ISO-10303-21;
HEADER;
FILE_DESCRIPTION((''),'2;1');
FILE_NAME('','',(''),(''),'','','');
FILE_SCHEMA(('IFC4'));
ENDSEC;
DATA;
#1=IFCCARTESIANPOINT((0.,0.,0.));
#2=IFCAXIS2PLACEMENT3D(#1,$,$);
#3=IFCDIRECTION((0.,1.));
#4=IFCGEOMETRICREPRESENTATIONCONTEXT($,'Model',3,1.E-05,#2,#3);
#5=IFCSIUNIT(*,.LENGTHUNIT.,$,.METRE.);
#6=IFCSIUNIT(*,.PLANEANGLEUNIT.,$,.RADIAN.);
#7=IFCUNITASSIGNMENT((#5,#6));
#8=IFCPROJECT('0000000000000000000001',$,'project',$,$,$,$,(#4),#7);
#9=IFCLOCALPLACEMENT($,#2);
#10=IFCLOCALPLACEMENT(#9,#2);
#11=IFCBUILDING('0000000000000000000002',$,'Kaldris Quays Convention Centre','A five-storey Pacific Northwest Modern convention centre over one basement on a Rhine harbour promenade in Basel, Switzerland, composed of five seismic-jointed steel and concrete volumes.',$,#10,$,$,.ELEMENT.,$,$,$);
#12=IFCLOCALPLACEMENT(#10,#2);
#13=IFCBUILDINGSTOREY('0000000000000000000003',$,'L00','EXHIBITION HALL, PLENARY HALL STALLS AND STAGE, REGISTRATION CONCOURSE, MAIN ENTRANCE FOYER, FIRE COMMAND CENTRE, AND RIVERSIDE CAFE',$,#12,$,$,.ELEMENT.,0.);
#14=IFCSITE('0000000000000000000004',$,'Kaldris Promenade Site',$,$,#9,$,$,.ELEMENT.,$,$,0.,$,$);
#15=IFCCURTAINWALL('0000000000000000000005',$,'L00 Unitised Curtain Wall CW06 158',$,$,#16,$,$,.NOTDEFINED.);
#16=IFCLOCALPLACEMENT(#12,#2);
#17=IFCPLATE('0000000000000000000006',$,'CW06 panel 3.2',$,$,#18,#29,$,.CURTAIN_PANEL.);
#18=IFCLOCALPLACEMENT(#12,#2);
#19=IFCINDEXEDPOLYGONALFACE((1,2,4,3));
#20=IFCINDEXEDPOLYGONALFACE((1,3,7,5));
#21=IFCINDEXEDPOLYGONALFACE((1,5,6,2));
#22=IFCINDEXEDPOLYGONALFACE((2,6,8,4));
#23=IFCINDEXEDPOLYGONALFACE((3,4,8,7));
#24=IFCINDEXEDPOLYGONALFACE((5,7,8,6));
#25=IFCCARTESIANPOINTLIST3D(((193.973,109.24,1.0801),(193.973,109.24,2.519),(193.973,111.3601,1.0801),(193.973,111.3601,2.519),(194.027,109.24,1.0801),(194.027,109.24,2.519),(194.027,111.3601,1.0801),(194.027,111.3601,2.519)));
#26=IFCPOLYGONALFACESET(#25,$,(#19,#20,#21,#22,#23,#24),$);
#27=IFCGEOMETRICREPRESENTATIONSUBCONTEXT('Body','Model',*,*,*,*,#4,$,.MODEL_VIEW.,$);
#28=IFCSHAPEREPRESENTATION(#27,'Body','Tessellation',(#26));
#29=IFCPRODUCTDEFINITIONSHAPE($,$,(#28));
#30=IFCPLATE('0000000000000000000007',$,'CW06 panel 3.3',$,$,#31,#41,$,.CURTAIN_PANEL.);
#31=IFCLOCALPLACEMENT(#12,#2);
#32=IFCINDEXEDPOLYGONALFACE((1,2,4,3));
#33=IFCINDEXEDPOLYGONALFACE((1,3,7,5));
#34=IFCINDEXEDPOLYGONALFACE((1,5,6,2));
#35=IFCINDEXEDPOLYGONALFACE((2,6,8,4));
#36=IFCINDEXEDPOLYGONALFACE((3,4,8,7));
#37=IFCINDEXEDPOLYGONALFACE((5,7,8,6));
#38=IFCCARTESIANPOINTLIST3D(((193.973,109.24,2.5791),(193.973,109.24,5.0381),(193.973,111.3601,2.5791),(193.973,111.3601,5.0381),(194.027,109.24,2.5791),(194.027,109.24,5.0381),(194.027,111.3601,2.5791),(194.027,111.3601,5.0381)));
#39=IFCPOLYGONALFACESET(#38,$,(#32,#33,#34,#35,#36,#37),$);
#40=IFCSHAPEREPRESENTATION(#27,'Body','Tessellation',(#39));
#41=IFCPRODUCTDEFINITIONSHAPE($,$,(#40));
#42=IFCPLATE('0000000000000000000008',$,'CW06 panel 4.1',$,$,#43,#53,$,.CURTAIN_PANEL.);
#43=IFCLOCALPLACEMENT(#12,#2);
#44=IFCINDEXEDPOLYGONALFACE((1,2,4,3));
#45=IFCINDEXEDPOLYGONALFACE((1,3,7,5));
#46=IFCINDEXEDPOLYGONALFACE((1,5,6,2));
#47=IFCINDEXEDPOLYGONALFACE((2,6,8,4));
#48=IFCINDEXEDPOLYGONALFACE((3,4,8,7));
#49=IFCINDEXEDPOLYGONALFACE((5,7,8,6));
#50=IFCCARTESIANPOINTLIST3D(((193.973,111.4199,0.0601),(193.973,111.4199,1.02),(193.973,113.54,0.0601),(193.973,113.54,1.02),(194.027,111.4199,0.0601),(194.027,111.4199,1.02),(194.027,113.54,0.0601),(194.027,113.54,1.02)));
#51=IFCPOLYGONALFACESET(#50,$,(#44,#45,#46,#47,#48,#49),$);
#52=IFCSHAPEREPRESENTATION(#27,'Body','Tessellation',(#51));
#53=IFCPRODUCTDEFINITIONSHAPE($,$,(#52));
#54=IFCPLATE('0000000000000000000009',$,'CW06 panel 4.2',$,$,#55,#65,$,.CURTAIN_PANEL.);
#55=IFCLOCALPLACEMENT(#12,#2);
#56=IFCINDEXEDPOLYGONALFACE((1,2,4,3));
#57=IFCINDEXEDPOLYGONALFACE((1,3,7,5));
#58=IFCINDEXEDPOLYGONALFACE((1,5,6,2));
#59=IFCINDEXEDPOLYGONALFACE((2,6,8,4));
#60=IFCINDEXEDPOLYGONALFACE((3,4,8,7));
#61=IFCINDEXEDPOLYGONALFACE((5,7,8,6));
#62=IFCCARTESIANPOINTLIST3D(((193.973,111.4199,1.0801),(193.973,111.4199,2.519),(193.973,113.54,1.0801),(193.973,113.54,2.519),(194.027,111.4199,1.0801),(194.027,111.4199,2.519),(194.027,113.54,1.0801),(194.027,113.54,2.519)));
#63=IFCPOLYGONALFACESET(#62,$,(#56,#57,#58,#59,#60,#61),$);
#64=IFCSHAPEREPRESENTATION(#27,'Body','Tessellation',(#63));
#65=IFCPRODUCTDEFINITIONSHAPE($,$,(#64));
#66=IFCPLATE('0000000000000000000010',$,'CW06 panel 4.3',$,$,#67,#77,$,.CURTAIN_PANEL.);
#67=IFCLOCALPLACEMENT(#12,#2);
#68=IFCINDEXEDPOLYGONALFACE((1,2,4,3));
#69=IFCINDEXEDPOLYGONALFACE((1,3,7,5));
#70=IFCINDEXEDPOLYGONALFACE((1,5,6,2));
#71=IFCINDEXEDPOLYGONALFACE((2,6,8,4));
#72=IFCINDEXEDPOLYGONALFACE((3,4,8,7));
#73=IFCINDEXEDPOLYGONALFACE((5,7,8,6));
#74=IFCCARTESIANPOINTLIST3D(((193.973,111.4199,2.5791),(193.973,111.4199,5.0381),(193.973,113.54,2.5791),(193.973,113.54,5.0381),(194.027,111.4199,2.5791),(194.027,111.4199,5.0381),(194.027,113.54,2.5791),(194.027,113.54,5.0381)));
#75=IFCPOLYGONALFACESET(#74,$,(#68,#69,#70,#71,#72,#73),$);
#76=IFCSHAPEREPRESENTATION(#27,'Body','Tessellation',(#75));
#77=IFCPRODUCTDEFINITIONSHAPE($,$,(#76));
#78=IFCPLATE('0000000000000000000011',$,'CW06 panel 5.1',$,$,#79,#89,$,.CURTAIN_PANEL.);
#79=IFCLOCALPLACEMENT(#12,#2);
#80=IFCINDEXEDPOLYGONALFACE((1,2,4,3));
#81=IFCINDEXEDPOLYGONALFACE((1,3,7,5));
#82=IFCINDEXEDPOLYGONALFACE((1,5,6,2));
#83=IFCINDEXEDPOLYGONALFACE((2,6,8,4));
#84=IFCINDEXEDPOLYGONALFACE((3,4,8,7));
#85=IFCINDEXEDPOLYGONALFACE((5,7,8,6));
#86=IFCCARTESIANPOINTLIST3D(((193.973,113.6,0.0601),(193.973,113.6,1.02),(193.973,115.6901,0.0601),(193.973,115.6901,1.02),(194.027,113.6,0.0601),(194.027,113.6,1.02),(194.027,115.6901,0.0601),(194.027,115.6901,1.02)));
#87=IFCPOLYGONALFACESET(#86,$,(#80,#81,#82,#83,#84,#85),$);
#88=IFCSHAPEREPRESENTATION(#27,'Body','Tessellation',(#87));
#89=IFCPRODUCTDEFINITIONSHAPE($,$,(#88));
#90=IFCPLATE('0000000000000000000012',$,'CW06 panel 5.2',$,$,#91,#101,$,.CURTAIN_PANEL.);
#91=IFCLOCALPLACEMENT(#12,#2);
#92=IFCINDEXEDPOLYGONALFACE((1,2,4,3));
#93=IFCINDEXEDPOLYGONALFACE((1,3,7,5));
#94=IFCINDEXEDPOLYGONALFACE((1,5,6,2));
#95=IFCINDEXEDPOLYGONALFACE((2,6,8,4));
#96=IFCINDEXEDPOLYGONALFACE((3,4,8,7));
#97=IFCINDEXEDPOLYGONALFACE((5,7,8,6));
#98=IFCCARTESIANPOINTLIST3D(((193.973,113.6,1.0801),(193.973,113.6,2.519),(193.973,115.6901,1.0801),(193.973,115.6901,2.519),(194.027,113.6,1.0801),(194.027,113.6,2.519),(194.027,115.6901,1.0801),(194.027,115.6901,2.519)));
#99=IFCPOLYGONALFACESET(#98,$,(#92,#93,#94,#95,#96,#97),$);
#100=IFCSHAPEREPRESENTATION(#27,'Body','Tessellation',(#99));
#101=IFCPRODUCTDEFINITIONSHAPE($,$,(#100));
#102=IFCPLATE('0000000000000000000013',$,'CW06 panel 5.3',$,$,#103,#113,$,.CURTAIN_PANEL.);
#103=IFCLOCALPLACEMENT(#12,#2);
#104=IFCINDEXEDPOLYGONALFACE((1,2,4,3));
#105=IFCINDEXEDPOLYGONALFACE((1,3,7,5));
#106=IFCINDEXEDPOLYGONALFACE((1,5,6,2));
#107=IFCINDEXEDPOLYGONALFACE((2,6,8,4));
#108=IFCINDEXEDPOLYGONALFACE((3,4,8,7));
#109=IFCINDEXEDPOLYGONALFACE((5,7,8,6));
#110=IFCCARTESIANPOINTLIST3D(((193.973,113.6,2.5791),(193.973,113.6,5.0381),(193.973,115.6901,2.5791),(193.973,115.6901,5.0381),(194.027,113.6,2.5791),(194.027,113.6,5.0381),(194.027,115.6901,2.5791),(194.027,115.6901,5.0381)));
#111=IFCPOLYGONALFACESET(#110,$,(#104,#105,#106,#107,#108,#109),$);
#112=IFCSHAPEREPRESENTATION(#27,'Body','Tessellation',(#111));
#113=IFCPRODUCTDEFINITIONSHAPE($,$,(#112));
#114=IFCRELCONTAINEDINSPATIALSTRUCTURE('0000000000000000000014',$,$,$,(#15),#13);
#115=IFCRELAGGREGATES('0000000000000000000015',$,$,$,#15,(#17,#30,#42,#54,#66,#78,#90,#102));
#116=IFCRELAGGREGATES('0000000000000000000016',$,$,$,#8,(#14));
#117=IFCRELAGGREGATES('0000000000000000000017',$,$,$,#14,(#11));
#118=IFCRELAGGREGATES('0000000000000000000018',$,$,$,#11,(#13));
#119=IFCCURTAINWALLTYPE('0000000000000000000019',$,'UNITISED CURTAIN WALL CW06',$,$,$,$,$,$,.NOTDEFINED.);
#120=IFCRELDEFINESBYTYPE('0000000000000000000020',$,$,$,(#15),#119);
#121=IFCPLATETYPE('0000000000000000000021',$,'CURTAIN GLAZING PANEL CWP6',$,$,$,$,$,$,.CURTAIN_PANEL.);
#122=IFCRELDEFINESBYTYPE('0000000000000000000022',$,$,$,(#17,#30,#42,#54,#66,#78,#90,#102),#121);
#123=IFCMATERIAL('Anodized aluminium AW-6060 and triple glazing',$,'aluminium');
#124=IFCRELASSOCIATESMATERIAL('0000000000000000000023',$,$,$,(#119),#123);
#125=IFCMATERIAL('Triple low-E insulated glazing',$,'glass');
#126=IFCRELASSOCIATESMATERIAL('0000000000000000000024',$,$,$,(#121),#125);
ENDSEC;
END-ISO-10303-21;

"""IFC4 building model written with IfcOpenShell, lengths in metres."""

from ifc_helpers import new_model, si_unit, direction, frame, origin, origin_2d, place, context, subcontext, project, spatial, rectangle, extrude, material, type_object, element, aggregate, save


model = new_model("IFC4")

# Units and contexts
model_context = context("Model", 3, precision=1e-05, world=origin(), true_north=direction((0.0, 1.0)))
body_context = subcontext(model_context, "Body", "Model", "MODEL_VIEW")
ifc_project = project(units=[si_unit("LENGTHUNIT", "METRE"), si_unit("PLANEANGLEUNIT", "RADIAN")], contexts=[model_context])

# Site, building, storey
site_placement = place(None, origin())
site = spatial("IfcSite", under=ifc_project, at=site_placement, Name="Kaldris Promenade Site", CompositionType="ELEMENT", RefElevation=0.0)
building_placement = place(site_placement, origin())
building = spatial("IfcBuilding", under=site, at=building_placement, Name="Kaldris Quays Convention Centre", Description="A five-storey Pacific Northwest Modern convention centre over one basement on a Rhine harbour promenade in Basel, Switzerland, composed of five seismic-jointed steel and concrete volumes.", CompositionType="ELEMENT")
storey_placement = place(building_placement, origin())
storey = spatial("IfcBuildingStorey", under=building, at=storey_placement, Name="L00", Description="EXHIBITION HALL, PLENARY HALL STALLS AND STAGE, REGISTRATION CONCOURSE, MAIN ENTRANCE FOYER, FIRE COMMAND CENTRE, AND RIVERSIDE CAFE", CompositionType="ELEMENT", Elevation=0.0)

# Curtain wall
ifc_material_1 = material(Name="Anodized aluminium AW-6060 and triple glazing", Category="aluminium")
curtain_wall_type = type_object("IfcCurtainWallType", Name="UNITISED CURTAIN WALL CW06", PredefinedType="NOTDEFINED", material=ifc_material_1)
curtain_wall_1_placement = place(storey_placement, origin())
curtain_wall_1 = element("IfcCurtainWall", 1, at=curtain_wall_1_placement, inside=storey, type_object=curtain_wall_type, Name="L00 Unitised Curtain Wall CW06 158", PredefinedType="NOTDEFINED")

# Plates
ifc_material_2 = material(Name="Triple low-E insulated glazing", Category="glass")
plate_type = type_object("IfcPlateType", Name="CURTAIN GLAZING PANEL CWP6", PredefinedType="CURTAIN_PANEL", material=ifc_material_2)
plate_1_placement = place(storey_placement, frame((194.0, 110.3, 1.0801), z_axis=(0.0, 0.0, 1.0), x_axis=(0.0, 1.0, 0.0)))
plate_1 = element("IfcPlate", 2, at=plate_1_placement, type_object=plate_type, Name="CW06 panel 3.2", PredefinedType="CURTAIN_PANEL", context=body_context, shape_type="SweptSolid", body=[
    extrude(rectangle(XDim=2.1201, YDim=0.054, at=origin_2d()), origin(), (0.0, 0.0, 1.0), 1.439),
])
plate_2_placement = place(storey_placement, frame((194.0, 110.3, 2.5791), z_axis=(0.0, 0.0, 1.0), x_axis=(0.0, 1.0, 0.0)))
plate_2 = element("IfcPlate", 3, at=plate_2_placement, type_object=plate_type, Name="CW06 panel 3.3", PredefinedType="CURTAIN_PANEL", context=body_context, shape_type="SweptSolid", body=[
    extrude(rectangle(XDim=2.1201, YDim=0.054, at=origin_2d()), origin(), (0.0, 0.0, 1.0), 2.459),
])
plate_3_placement = place(storey_placement, frame((194.0, 112.48, 0.0601), z_axis=(0.0, 0.0, 1.0), x_axis=(0.0, 1.0, 0.0)))
plate_3 = element("IfcPlate", 4, at=plate_3_placement, type_object=plate_type, Name="CW06 panel 4.1", PredefinedType="CURTAIN_PANEL", context=body_context, shape_type="SweptSolid", body=[
    extrude(rectangle(XDim=2.1201, YDim=0.054, at=origin_2d()), origin(), (0.0, 0.0, 1.0), 0.96),
])
plate_4_placement = place(storey_placement, frame((194.0, 112.48, 1.0801), z_axis=(0.0, 0.0, 1.0), x_axis=(0.0, 1.0, 0.0)))
plate_4 = element("IfcPlate", 5, at=plate_4_placement, type_object=plate_type, Name="CW06 panel 4.2", PredefinedType="CURTAIN_PANEL", context=body_context, shape_type="SweptSolid", body=[
    extrude(rectangle(XDim=2.1201, YDim=0.054, at=origin_2d()), origin(), (0.0, 0.0, 1.0), 1.439),
])
plate_5_placement = place(storey_placement, frame((194.0, 112.48, 2.5791), z_axis=(0.0, 0.0, 1.0), x_axis=(0.0, 1.0, 0.0)))
plate_5 = element("IfcPlate", 6, at=plate_5_placement, type_object=plate_type, Name="CW06 panel 4.3", PredefinedType="CURTAIN_PANEL", context=body_context, shape_type="SweptSolid", body=[
    extrude(rectangle(XDim=2.1201, YDim=0.054, at=origin_2d()), origin(), (0.0, 0.0, 1.0), 2.459),
])
plate_6_placement = place(storey_placement, frame((194.0, 114.645, 0.0601), z_axis=(0.0, 0.0, 1.0), x_axis=(0.0, 1.0, 0.0)))
plate_6 = element("IfcPlate", 7, at=plate_6_placement, type_object=plate_type, Name="CW06 panel 5.1", PredefinedType="CURTAIN_PANEL", context=body_context, shape_type="SweptSolid", body=[
    extrude(rectangle(XDim=2.0901, YDim=0.054, at=origin_2d()), origin(), (0.0, 0.0, 1.0), 0.96),
])
plate_7_placement = place(storey_placement, frame((194.0, 114.645, 1.0801), z_axis=(0.0, 0.0, 1.0), x_axis=(0.0, 1.0, 0.0)))
plate_7 = element("IfcPlate", 8, at=plate_7_placement, type_object=plate_type, Name="CW06 panel 5.2", PredefinedType="CURTAIN_PANEL", context=body_context, shape_type="SweptSolid", body=[
    extrude(rectangle(XDim=2.0901, YDim=0.054, at=origin_2d()), origin(), (0.0, 0.0, 1.0), 1.439),
])
plate_8_placement = place(storey_placement, frame((194.0, 114.645, 2.5791), z_axis=(0.0, 0.0, 1.0), x_axis=(0.0, 1.0, 0.0)))
plate_8 = element("IfcPlate", 9, at=plate_8_placement, type_object=plate_type, Name="CW06 panel 5.3", PredefinedType="CURTAIN_PANEL", context=body_context, shape_type="SweptSolid", body=[
    extrude(rectangle(XDim=2.0901, YDim=0.054, at=origin_2d()), origin(), (0.0, 0.0, 1.0), 2.459),
])
aggregate(curtain_wall_1, [plate_1, plate_2, plate_3, plate_4, plate_5, plate_6, plate_7, plate_8])

save(model, "model.ifc")
